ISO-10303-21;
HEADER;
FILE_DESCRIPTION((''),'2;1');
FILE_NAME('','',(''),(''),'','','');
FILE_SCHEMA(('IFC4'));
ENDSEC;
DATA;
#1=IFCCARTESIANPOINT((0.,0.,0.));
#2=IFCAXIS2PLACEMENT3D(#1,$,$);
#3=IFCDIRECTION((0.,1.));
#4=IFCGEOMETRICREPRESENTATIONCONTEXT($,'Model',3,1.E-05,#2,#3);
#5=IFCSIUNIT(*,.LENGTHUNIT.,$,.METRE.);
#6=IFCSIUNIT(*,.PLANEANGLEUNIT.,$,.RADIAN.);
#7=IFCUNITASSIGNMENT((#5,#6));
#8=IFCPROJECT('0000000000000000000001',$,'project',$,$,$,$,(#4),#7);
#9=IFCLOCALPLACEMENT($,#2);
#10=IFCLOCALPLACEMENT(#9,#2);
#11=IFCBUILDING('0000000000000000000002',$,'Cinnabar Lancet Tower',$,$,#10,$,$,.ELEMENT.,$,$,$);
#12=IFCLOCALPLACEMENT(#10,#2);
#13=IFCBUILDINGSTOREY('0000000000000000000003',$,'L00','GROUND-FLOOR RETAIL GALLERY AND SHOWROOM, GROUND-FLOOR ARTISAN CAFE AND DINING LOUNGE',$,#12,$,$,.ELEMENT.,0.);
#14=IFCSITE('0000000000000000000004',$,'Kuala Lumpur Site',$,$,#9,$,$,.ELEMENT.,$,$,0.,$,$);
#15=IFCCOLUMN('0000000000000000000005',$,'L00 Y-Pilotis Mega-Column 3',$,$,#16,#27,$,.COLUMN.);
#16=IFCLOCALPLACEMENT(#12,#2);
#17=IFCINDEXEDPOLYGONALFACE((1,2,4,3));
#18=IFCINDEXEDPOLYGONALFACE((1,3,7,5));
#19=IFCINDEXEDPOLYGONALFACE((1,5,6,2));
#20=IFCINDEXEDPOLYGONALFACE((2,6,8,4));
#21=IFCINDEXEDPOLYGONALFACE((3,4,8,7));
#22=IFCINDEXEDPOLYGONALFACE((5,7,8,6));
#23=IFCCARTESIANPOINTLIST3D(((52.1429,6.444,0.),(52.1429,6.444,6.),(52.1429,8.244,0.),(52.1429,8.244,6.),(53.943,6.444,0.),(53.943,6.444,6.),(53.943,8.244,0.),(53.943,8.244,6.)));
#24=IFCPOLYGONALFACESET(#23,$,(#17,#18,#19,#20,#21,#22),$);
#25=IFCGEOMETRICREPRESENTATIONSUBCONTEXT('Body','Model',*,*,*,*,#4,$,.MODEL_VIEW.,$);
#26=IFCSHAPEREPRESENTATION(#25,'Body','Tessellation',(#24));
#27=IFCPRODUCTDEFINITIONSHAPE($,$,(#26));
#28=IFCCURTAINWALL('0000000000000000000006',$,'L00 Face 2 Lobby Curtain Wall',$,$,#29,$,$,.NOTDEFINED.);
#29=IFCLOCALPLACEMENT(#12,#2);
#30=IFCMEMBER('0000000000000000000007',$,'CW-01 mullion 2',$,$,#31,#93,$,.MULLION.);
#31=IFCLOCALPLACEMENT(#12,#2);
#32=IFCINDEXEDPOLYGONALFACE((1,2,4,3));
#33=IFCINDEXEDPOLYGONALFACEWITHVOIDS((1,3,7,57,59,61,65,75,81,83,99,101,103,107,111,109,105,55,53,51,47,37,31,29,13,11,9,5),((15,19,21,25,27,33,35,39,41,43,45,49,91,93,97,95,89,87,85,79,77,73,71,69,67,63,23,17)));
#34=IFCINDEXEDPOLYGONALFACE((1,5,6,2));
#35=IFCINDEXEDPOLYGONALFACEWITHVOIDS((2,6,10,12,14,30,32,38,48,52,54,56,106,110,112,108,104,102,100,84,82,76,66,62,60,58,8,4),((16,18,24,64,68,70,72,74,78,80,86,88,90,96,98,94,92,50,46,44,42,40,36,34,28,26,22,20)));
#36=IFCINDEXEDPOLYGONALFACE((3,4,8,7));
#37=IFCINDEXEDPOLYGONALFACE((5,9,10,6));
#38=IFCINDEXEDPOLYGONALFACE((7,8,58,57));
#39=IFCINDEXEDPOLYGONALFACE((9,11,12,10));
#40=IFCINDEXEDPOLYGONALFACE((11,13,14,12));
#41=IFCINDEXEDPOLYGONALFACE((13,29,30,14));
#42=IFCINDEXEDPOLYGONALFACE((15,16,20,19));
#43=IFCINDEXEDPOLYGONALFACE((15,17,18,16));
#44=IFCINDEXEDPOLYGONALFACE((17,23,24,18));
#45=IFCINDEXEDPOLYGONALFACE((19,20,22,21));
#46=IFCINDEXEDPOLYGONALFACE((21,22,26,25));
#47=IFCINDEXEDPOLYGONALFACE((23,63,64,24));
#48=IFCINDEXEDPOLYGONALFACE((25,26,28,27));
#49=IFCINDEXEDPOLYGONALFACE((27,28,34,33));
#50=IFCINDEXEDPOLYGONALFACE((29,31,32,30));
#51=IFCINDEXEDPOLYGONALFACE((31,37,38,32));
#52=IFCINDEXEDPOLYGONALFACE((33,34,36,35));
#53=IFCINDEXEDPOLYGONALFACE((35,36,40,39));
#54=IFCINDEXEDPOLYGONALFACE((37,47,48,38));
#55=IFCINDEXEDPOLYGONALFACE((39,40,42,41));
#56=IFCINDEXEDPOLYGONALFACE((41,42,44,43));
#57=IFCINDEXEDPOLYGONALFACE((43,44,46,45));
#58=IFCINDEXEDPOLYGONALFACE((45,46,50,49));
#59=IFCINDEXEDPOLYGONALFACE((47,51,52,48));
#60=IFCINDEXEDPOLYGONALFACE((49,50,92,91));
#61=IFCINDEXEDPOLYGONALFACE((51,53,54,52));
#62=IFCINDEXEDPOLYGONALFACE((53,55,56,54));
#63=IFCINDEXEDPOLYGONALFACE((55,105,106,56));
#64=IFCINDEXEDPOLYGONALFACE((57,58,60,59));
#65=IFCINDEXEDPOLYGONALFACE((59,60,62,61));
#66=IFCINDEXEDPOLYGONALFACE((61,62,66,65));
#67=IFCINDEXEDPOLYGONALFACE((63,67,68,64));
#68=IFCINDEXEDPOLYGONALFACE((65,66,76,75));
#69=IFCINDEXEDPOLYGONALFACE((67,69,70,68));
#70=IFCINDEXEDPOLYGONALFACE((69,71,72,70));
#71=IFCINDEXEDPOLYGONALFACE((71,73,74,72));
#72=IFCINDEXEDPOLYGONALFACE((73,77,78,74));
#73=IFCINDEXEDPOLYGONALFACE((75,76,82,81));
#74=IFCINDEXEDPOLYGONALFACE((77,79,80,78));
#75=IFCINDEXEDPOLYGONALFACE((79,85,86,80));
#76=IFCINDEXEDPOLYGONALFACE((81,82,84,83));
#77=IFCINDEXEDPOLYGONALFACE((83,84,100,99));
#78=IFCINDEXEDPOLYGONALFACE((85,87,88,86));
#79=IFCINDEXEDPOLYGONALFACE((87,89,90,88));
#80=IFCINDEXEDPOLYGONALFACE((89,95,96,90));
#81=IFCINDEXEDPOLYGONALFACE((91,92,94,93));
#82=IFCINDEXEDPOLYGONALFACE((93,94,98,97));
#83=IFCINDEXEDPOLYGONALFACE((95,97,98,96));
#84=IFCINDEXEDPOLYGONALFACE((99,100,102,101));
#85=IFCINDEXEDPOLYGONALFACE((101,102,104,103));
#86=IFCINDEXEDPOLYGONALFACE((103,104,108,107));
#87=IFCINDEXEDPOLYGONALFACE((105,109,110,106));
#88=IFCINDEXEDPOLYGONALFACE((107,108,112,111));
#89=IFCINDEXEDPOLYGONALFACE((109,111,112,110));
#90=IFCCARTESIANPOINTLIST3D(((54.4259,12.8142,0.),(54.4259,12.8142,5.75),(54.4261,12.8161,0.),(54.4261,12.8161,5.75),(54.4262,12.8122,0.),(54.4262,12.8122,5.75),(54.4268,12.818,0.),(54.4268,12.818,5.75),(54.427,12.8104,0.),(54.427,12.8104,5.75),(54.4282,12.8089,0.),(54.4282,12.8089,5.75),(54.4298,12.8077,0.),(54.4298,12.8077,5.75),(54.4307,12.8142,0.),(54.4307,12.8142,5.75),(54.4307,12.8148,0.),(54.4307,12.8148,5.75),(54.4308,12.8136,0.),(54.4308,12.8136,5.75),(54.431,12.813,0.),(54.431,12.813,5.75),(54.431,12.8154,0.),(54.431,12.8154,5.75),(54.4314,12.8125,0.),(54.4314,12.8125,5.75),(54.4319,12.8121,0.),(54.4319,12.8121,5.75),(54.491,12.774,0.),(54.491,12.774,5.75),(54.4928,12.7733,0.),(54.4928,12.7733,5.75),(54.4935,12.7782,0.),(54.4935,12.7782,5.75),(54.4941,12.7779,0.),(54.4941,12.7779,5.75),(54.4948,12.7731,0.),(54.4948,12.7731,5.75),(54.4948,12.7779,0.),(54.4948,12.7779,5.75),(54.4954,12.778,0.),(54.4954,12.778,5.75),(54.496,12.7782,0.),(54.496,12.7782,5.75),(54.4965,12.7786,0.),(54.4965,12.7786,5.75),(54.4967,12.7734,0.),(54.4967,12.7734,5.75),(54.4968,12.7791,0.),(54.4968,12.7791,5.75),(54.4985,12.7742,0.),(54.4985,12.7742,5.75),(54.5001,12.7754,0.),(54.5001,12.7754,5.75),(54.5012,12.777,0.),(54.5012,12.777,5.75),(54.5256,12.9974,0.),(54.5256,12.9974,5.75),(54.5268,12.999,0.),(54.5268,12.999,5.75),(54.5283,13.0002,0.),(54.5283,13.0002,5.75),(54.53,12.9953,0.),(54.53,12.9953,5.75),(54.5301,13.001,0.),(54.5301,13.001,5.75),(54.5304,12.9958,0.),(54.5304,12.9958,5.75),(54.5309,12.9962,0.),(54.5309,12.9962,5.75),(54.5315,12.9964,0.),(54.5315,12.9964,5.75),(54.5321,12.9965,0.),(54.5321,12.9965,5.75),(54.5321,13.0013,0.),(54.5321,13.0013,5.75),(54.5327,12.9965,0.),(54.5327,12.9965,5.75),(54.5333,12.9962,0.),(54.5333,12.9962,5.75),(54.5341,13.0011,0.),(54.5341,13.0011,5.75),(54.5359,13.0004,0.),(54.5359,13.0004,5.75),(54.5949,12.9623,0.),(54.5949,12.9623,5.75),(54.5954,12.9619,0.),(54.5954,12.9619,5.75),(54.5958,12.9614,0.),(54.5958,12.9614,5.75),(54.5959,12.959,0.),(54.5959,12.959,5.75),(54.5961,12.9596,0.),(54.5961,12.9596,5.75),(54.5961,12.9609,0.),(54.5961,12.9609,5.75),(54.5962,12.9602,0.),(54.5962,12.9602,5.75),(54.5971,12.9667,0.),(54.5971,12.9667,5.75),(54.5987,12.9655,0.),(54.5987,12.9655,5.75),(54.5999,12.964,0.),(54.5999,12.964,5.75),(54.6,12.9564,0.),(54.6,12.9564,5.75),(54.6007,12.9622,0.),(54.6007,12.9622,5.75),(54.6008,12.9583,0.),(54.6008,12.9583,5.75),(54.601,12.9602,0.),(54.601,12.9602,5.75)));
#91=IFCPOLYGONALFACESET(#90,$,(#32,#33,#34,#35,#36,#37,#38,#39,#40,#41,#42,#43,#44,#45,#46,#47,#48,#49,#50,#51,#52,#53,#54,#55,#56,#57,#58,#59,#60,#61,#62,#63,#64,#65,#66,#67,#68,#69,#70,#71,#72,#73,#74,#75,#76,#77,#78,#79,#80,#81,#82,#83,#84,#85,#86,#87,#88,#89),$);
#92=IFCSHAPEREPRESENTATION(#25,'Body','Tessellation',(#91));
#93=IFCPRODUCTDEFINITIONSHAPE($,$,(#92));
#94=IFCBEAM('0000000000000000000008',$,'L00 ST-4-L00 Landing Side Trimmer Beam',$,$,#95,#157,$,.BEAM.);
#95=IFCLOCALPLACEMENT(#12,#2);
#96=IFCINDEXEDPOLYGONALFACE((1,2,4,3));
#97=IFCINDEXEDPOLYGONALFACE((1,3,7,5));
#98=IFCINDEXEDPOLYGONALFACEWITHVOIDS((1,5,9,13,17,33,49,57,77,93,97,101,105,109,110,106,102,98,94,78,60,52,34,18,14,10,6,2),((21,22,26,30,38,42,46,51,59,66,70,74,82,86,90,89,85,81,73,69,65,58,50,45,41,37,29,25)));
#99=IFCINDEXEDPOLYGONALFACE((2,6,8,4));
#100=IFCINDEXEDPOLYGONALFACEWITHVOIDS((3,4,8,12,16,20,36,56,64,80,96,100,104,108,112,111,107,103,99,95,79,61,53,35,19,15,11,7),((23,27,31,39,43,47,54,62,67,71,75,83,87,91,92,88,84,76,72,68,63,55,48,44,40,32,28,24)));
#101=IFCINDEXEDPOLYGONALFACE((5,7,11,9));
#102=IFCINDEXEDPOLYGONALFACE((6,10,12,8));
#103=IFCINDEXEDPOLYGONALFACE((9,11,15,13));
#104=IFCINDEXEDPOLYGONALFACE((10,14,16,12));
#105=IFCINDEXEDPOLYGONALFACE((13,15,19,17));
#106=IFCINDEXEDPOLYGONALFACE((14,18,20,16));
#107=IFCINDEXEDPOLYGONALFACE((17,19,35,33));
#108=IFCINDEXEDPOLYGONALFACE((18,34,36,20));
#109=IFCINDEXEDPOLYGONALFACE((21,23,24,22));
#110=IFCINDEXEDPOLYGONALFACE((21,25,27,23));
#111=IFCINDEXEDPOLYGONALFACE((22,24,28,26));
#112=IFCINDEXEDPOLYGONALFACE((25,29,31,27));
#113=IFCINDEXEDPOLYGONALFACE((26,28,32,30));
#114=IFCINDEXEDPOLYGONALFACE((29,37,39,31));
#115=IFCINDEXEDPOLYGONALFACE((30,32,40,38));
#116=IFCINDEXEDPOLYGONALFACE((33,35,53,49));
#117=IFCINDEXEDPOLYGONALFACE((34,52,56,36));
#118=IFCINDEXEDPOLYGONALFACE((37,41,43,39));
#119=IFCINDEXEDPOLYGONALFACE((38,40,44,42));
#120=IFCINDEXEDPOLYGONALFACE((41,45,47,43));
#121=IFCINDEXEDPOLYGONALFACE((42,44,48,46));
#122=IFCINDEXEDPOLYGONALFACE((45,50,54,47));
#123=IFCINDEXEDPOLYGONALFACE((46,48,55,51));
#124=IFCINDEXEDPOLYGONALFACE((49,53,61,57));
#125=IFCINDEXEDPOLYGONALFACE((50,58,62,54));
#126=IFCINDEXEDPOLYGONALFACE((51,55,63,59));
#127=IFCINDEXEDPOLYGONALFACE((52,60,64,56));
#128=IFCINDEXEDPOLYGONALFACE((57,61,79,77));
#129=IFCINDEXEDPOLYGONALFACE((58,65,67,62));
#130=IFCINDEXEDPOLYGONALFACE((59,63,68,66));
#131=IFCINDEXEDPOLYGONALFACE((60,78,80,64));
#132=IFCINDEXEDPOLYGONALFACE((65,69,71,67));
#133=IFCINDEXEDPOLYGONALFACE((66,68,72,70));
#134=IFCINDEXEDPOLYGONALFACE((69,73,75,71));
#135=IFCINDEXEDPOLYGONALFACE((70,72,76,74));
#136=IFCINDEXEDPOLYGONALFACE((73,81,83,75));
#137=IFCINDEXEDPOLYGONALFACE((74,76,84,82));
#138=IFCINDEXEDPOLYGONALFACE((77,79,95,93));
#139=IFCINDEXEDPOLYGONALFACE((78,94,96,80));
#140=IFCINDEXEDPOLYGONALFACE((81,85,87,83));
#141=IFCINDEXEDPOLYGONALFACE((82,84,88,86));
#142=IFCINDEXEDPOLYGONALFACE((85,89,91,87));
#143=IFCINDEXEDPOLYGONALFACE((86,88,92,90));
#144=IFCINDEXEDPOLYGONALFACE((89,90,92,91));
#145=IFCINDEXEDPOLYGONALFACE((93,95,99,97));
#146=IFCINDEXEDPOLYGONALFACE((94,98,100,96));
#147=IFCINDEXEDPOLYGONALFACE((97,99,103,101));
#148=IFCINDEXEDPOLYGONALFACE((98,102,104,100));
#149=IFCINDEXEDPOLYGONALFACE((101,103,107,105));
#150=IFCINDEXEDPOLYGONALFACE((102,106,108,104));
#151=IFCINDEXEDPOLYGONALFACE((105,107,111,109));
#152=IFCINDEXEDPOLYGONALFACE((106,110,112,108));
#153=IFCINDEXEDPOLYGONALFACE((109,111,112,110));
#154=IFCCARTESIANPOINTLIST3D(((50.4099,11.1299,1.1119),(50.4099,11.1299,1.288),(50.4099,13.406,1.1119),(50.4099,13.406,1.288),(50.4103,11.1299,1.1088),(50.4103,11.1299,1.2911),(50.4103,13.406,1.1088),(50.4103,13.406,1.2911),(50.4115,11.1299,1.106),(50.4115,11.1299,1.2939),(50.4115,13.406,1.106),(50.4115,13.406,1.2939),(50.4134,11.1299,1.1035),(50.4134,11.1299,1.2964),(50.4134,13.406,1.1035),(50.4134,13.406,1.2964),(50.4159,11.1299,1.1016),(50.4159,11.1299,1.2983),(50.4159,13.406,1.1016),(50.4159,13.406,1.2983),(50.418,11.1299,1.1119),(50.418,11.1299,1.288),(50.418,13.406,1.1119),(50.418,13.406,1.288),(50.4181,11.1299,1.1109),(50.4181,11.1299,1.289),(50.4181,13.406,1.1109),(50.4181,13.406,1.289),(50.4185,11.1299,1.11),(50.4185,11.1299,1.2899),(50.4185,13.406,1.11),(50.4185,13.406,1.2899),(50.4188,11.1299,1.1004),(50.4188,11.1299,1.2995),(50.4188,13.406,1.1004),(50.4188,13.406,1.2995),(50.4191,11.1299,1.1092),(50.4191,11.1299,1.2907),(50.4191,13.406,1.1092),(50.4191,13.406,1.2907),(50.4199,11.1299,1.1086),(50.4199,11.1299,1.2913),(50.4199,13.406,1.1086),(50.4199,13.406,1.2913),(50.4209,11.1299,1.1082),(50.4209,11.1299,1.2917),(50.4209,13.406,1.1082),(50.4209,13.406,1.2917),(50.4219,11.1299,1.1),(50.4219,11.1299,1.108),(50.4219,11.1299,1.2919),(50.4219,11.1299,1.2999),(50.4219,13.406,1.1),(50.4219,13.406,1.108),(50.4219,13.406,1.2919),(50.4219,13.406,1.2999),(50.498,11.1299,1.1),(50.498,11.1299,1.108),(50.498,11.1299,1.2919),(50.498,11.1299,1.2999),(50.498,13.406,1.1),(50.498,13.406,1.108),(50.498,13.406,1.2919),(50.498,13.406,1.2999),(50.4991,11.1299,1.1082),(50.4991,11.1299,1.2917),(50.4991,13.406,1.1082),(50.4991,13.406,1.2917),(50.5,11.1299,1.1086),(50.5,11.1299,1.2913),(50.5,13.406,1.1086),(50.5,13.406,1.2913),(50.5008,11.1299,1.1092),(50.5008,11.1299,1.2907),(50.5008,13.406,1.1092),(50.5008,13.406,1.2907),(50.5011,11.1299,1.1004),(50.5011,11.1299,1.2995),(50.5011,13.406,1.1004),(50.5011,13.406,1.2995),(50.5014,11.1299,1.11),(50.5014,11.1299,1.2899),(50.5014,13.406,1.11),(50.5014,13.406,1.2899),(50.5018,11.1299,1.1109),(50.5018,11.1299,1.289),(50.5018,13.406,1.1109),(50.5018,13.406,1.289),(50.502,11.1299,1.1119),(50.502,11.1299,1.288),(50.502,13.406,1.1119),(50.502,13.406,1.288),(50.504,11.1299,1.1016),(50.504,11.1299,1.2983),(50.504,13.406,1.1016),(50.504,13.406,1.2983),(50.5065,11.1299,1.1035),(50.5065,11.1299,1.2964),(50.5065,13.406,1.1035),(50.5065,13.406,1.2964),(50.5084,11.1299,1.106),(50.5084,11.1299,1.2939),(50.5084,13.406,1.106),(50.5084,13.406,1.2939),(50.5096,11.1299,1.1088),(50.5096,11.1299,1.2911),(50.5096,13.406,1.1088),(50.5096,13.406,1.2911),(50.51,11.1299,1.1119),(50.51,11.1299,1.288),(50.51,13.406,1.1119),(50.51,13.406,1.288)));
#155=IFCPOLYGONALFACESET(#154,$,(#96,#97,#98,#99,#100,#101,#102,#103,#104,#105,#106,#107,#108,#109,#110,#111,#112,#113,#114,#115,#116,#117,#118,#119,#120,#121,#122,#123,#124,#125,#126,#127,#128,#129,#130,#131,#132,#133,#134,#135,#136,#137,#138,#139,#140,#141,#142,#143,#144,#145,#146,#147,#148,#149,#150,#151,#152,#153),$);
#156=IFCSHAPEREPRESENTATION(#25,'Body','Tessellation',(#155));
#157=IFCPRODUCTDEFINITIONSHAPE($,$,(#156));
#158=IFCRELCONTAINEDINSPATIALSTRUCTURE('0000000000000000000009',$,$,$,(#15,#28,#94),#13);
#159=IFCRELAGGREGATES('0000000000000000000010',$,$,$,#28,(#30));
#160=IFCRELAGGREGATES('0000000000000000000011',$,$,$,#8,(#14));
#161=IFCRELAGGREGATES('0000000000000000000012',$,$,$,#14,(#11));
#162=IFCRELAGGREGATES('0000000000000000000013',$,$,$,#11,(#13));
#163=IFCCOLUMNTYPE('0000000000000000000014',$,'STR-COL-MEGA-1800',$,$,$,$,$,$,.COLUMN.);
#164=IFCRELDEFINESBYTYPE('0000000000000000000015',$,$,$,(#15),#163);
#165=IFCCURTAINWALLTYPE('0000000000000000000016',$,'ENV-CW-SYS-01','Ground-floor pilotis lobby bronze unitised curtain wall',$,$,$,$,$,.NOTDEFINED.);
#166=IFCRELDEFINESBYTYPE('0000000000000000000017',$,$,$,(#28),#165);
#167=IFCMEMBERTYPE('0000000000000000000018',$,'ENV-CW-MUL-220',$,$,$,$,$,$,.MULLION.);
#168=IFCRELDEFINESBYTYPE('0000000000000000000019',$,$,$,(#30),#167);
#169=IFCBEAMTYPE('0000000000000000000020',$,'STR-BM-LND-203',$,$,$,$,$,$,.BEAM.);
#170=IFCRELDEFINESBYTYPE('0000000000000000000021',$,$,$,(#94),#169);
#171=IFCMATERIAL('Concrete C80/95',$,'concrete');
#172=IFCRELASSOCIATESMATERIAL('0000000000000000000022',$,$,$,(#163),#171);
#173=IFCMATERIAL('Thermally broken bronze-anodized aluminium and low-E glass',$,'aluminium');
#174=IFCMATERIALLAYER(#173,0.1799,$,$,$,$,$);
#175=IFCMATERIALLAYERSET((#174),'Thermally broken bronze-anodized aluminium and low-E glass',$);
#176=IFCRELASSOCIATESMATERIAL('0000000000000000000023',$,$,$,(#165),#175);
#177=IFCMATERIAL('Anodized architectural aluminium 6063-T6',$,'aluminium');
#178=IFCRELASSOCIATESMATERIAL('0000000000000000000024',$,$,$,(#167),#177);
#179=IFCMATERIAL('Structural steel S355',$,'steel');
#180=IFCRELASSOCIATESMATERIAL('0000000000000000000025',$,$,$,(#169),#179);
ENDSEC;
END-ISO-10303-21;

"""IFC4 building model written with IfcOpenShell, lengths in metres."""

from ifc_helpers import new_model, si_unit, direction, frame, origin, origin_2d, place, context, subcontext, project, spatial, rectangle, hollow_rectangle, extrude, material, layer, layer_set, material_profile, profile_set, type_object, element, aggregate, save


model = new_model("IFC4")

# Units and contexts
model_context = context("Model", 3, precision=1e-05, world=origin(), true_north=direction((0.0, 1.0)))
body_context = subcontext(model_context, "Body", "Model", "MODEL_VIEW")
ifc_project = project(units=[si_unit("LENGTHUNIT", "METRE"), si_unit("PLANEANGLEUNIT", "RADIAN")], contexts=[model_context])

# Site, building, storey
site_placement = place(None, origin())
site = spatial("IfcSite", under=ifc_project, at=site_placement, Name="Kuala Lumpur Site", CompositionType="ELEMENT", RefElevation=0.0)
building_placement = place(site_placement, origin())
building = spatial("IfcBuilding", under=site, at=building_placement, Name="Cinnabar Lancet Tower", CompositionType="ELEMENT")
storey_placement = place(building_placement, origin())
storey = spatial("IfcBuildingStorey", under=building, at=storey_placement, Name="L00", Description="GROUND-FLOOR RETAIL GALLERY AND SHOWROOM, GROUND-FLOOR ARTISAN CAFE AND DINING LOUNGE", CompositionType="ELEMENT", Elevation=0.0)

# Column
ifc_material_1 = material(Name="Concrete C80/95", Category="concrete")
ifc_material_profile_1 = material_profile(ifc_material_1, rectangle(XDim=1.8, YDim=1.8, at=origin_2d()), Name="RC-MEGA 1800x1800")
ifc_profile_set_1 = profile_set([ifc_material_profile_1], Name="Concrete C80/95")
column_type = type_object("IfcColumnType", Name="STR-COL-MEGA-1800", PredefinedType="COLUMN", material=ifc_profile_set_1)
column_placement = place(storey_placement, frame((53.043, 7.344, 0.0), z_axis=(0.0, 0.0, 1.0), x_axis=(1.0, 0.0, 0.0)))
element("IfcColumn", 1, at=column_placement, inside=storey, type_object=column_type, Name="L00 Y-Pilotis Mega-Column 3", PredefinedType="COLUMN", context=body_context, shape_type="SweptSolid", body=[
    extrude(rectangle(XDim=1.8, YDim=1.8, at=origin_2d()), origin(), (0.0, 0.0, 1.0), 6.0),
])

# Curtain wall, member
ifc_material_2 = material(Name="Thermally broken bronze-anodized aluminium and low-E glass", Category="aluminium")
ifc_layer_1 = layer(ifc_material_2, 0.1799)
ifc_layer_set_1 = layer_set([ifc_layer_1], Name="Thermally broken bronze-anodized aluminium and low-E glass")
curtain_wall_type = type_object("IfcCurtainWallType", Name="ENV-CW-SYS-01", Description="Ground-floor pilotis lobby bronze unitised curtain wall", PredefinedType="NOTDEFINED", material=ifc_layer_set_1)
curtain_wall_placement = place(storey_placement, origin())
curtain_wall = element("IfcCurtainWall", 2, at=curtain_wall_placement, inside=storey, type_object=curtain_wall_type, Name="L00 Face 2 Lobby Curtain Wall", PredefinedType="NOTDEFINED")
ifc_material_3 = material(Name="Anodized architectural aluminium 6063-T6", Category="aluminium")
ifc_material_profile_2 = material_profile(ifc_material_3, hollow_rectangle(XDim=0.085, YDim=0.22, WallThickness=0.0049, InnerFilletRadius=0.0024, OuterFilletRadius=0.0076, at=origin_2d()), Name="CW-MUL 220x85x5")
ifc_profile_set_2 = profile_set([ifc_material_profile_2], Name="Anodized architectural aluminium 6063-T6")
member_type_1 = type_object("IfcMemberType", Name="ENV-CW-MUL-220", PredefinedType="MULLION", material=ifc_profile_set_2)
member_placement = place(storey_placement, frame((54.5134, 12.8872, 0.0), z_axis=(0.0, 0.0, 1.0), x_axis=(0.875982, -0.482344, 0.0)))
member = element("IfcMember", 3, at=member_placement, type_object=member_type_1, Name="CW-01 mullion 2", PredefinedType="MULLION", context=body_context, shape_type="SweptSolid", body=[
    extrude(hollow_rectangle(XDim=0.085, YDim=0.22, WallThickness=0.0049, InnerFilletRadius=0.0024, OuterFilletRadius=0.0076, at=origin_2d()), origin(), (0.0, 0.0, 1.0), 5.75),
])
aggregate(curtain_wall, [member])

# Beam
ifc_material_4 = material(Name="Structural steel S355", Category="steel")
ifc_material_profile_3 = material_profile(ifc_material_4, hollow_rectangle(XDim=0.1001, YDim=0.2, WallThickness=0.0081, InnerFilletRadius=0.0039, OuterFilletRadius=0.012, at=origin_2d()), Name="RHS 200x100x8")
ifc_profile_set_3 = profile_set([ifc_material_profile_3], Name="Structural steel S355")
beam_type_1 = type_object("IfcBeamType", Name="STR-BM-LND-203", PredefinedType="BEAM", material=ifc_profile_set_3)
for number, where, z_axis, x_axis, name in (
    (4, (50.46, 11.1299, 1.2), (0.0, 1.0, 0.0), (-1.0, 0.0, 0.0), "L00 ST-4-L00 Landing Side Trimmer Beam"),
):
    element("IfcBeam", number, at=place(storey_placement, frame(where, z_axis=z_axis, x_axis=x_axis)), inside=storey, type_object=beam_type_1, Name=name, PredefinedType="BEAM", context=body_context, shape_type="SweptSolid", body=[
        extrude(hollow_rectangle(XDim=0.1001, YDim=0.2, WallThickness=0.0081, InnerFilletRadius=0.0039, OuterFilletRadius=0.012, at=origin_2d()), origin(), (0.0, 0.0, 1.0), 2.2761),
    ])

save(model, "model.ifc")
